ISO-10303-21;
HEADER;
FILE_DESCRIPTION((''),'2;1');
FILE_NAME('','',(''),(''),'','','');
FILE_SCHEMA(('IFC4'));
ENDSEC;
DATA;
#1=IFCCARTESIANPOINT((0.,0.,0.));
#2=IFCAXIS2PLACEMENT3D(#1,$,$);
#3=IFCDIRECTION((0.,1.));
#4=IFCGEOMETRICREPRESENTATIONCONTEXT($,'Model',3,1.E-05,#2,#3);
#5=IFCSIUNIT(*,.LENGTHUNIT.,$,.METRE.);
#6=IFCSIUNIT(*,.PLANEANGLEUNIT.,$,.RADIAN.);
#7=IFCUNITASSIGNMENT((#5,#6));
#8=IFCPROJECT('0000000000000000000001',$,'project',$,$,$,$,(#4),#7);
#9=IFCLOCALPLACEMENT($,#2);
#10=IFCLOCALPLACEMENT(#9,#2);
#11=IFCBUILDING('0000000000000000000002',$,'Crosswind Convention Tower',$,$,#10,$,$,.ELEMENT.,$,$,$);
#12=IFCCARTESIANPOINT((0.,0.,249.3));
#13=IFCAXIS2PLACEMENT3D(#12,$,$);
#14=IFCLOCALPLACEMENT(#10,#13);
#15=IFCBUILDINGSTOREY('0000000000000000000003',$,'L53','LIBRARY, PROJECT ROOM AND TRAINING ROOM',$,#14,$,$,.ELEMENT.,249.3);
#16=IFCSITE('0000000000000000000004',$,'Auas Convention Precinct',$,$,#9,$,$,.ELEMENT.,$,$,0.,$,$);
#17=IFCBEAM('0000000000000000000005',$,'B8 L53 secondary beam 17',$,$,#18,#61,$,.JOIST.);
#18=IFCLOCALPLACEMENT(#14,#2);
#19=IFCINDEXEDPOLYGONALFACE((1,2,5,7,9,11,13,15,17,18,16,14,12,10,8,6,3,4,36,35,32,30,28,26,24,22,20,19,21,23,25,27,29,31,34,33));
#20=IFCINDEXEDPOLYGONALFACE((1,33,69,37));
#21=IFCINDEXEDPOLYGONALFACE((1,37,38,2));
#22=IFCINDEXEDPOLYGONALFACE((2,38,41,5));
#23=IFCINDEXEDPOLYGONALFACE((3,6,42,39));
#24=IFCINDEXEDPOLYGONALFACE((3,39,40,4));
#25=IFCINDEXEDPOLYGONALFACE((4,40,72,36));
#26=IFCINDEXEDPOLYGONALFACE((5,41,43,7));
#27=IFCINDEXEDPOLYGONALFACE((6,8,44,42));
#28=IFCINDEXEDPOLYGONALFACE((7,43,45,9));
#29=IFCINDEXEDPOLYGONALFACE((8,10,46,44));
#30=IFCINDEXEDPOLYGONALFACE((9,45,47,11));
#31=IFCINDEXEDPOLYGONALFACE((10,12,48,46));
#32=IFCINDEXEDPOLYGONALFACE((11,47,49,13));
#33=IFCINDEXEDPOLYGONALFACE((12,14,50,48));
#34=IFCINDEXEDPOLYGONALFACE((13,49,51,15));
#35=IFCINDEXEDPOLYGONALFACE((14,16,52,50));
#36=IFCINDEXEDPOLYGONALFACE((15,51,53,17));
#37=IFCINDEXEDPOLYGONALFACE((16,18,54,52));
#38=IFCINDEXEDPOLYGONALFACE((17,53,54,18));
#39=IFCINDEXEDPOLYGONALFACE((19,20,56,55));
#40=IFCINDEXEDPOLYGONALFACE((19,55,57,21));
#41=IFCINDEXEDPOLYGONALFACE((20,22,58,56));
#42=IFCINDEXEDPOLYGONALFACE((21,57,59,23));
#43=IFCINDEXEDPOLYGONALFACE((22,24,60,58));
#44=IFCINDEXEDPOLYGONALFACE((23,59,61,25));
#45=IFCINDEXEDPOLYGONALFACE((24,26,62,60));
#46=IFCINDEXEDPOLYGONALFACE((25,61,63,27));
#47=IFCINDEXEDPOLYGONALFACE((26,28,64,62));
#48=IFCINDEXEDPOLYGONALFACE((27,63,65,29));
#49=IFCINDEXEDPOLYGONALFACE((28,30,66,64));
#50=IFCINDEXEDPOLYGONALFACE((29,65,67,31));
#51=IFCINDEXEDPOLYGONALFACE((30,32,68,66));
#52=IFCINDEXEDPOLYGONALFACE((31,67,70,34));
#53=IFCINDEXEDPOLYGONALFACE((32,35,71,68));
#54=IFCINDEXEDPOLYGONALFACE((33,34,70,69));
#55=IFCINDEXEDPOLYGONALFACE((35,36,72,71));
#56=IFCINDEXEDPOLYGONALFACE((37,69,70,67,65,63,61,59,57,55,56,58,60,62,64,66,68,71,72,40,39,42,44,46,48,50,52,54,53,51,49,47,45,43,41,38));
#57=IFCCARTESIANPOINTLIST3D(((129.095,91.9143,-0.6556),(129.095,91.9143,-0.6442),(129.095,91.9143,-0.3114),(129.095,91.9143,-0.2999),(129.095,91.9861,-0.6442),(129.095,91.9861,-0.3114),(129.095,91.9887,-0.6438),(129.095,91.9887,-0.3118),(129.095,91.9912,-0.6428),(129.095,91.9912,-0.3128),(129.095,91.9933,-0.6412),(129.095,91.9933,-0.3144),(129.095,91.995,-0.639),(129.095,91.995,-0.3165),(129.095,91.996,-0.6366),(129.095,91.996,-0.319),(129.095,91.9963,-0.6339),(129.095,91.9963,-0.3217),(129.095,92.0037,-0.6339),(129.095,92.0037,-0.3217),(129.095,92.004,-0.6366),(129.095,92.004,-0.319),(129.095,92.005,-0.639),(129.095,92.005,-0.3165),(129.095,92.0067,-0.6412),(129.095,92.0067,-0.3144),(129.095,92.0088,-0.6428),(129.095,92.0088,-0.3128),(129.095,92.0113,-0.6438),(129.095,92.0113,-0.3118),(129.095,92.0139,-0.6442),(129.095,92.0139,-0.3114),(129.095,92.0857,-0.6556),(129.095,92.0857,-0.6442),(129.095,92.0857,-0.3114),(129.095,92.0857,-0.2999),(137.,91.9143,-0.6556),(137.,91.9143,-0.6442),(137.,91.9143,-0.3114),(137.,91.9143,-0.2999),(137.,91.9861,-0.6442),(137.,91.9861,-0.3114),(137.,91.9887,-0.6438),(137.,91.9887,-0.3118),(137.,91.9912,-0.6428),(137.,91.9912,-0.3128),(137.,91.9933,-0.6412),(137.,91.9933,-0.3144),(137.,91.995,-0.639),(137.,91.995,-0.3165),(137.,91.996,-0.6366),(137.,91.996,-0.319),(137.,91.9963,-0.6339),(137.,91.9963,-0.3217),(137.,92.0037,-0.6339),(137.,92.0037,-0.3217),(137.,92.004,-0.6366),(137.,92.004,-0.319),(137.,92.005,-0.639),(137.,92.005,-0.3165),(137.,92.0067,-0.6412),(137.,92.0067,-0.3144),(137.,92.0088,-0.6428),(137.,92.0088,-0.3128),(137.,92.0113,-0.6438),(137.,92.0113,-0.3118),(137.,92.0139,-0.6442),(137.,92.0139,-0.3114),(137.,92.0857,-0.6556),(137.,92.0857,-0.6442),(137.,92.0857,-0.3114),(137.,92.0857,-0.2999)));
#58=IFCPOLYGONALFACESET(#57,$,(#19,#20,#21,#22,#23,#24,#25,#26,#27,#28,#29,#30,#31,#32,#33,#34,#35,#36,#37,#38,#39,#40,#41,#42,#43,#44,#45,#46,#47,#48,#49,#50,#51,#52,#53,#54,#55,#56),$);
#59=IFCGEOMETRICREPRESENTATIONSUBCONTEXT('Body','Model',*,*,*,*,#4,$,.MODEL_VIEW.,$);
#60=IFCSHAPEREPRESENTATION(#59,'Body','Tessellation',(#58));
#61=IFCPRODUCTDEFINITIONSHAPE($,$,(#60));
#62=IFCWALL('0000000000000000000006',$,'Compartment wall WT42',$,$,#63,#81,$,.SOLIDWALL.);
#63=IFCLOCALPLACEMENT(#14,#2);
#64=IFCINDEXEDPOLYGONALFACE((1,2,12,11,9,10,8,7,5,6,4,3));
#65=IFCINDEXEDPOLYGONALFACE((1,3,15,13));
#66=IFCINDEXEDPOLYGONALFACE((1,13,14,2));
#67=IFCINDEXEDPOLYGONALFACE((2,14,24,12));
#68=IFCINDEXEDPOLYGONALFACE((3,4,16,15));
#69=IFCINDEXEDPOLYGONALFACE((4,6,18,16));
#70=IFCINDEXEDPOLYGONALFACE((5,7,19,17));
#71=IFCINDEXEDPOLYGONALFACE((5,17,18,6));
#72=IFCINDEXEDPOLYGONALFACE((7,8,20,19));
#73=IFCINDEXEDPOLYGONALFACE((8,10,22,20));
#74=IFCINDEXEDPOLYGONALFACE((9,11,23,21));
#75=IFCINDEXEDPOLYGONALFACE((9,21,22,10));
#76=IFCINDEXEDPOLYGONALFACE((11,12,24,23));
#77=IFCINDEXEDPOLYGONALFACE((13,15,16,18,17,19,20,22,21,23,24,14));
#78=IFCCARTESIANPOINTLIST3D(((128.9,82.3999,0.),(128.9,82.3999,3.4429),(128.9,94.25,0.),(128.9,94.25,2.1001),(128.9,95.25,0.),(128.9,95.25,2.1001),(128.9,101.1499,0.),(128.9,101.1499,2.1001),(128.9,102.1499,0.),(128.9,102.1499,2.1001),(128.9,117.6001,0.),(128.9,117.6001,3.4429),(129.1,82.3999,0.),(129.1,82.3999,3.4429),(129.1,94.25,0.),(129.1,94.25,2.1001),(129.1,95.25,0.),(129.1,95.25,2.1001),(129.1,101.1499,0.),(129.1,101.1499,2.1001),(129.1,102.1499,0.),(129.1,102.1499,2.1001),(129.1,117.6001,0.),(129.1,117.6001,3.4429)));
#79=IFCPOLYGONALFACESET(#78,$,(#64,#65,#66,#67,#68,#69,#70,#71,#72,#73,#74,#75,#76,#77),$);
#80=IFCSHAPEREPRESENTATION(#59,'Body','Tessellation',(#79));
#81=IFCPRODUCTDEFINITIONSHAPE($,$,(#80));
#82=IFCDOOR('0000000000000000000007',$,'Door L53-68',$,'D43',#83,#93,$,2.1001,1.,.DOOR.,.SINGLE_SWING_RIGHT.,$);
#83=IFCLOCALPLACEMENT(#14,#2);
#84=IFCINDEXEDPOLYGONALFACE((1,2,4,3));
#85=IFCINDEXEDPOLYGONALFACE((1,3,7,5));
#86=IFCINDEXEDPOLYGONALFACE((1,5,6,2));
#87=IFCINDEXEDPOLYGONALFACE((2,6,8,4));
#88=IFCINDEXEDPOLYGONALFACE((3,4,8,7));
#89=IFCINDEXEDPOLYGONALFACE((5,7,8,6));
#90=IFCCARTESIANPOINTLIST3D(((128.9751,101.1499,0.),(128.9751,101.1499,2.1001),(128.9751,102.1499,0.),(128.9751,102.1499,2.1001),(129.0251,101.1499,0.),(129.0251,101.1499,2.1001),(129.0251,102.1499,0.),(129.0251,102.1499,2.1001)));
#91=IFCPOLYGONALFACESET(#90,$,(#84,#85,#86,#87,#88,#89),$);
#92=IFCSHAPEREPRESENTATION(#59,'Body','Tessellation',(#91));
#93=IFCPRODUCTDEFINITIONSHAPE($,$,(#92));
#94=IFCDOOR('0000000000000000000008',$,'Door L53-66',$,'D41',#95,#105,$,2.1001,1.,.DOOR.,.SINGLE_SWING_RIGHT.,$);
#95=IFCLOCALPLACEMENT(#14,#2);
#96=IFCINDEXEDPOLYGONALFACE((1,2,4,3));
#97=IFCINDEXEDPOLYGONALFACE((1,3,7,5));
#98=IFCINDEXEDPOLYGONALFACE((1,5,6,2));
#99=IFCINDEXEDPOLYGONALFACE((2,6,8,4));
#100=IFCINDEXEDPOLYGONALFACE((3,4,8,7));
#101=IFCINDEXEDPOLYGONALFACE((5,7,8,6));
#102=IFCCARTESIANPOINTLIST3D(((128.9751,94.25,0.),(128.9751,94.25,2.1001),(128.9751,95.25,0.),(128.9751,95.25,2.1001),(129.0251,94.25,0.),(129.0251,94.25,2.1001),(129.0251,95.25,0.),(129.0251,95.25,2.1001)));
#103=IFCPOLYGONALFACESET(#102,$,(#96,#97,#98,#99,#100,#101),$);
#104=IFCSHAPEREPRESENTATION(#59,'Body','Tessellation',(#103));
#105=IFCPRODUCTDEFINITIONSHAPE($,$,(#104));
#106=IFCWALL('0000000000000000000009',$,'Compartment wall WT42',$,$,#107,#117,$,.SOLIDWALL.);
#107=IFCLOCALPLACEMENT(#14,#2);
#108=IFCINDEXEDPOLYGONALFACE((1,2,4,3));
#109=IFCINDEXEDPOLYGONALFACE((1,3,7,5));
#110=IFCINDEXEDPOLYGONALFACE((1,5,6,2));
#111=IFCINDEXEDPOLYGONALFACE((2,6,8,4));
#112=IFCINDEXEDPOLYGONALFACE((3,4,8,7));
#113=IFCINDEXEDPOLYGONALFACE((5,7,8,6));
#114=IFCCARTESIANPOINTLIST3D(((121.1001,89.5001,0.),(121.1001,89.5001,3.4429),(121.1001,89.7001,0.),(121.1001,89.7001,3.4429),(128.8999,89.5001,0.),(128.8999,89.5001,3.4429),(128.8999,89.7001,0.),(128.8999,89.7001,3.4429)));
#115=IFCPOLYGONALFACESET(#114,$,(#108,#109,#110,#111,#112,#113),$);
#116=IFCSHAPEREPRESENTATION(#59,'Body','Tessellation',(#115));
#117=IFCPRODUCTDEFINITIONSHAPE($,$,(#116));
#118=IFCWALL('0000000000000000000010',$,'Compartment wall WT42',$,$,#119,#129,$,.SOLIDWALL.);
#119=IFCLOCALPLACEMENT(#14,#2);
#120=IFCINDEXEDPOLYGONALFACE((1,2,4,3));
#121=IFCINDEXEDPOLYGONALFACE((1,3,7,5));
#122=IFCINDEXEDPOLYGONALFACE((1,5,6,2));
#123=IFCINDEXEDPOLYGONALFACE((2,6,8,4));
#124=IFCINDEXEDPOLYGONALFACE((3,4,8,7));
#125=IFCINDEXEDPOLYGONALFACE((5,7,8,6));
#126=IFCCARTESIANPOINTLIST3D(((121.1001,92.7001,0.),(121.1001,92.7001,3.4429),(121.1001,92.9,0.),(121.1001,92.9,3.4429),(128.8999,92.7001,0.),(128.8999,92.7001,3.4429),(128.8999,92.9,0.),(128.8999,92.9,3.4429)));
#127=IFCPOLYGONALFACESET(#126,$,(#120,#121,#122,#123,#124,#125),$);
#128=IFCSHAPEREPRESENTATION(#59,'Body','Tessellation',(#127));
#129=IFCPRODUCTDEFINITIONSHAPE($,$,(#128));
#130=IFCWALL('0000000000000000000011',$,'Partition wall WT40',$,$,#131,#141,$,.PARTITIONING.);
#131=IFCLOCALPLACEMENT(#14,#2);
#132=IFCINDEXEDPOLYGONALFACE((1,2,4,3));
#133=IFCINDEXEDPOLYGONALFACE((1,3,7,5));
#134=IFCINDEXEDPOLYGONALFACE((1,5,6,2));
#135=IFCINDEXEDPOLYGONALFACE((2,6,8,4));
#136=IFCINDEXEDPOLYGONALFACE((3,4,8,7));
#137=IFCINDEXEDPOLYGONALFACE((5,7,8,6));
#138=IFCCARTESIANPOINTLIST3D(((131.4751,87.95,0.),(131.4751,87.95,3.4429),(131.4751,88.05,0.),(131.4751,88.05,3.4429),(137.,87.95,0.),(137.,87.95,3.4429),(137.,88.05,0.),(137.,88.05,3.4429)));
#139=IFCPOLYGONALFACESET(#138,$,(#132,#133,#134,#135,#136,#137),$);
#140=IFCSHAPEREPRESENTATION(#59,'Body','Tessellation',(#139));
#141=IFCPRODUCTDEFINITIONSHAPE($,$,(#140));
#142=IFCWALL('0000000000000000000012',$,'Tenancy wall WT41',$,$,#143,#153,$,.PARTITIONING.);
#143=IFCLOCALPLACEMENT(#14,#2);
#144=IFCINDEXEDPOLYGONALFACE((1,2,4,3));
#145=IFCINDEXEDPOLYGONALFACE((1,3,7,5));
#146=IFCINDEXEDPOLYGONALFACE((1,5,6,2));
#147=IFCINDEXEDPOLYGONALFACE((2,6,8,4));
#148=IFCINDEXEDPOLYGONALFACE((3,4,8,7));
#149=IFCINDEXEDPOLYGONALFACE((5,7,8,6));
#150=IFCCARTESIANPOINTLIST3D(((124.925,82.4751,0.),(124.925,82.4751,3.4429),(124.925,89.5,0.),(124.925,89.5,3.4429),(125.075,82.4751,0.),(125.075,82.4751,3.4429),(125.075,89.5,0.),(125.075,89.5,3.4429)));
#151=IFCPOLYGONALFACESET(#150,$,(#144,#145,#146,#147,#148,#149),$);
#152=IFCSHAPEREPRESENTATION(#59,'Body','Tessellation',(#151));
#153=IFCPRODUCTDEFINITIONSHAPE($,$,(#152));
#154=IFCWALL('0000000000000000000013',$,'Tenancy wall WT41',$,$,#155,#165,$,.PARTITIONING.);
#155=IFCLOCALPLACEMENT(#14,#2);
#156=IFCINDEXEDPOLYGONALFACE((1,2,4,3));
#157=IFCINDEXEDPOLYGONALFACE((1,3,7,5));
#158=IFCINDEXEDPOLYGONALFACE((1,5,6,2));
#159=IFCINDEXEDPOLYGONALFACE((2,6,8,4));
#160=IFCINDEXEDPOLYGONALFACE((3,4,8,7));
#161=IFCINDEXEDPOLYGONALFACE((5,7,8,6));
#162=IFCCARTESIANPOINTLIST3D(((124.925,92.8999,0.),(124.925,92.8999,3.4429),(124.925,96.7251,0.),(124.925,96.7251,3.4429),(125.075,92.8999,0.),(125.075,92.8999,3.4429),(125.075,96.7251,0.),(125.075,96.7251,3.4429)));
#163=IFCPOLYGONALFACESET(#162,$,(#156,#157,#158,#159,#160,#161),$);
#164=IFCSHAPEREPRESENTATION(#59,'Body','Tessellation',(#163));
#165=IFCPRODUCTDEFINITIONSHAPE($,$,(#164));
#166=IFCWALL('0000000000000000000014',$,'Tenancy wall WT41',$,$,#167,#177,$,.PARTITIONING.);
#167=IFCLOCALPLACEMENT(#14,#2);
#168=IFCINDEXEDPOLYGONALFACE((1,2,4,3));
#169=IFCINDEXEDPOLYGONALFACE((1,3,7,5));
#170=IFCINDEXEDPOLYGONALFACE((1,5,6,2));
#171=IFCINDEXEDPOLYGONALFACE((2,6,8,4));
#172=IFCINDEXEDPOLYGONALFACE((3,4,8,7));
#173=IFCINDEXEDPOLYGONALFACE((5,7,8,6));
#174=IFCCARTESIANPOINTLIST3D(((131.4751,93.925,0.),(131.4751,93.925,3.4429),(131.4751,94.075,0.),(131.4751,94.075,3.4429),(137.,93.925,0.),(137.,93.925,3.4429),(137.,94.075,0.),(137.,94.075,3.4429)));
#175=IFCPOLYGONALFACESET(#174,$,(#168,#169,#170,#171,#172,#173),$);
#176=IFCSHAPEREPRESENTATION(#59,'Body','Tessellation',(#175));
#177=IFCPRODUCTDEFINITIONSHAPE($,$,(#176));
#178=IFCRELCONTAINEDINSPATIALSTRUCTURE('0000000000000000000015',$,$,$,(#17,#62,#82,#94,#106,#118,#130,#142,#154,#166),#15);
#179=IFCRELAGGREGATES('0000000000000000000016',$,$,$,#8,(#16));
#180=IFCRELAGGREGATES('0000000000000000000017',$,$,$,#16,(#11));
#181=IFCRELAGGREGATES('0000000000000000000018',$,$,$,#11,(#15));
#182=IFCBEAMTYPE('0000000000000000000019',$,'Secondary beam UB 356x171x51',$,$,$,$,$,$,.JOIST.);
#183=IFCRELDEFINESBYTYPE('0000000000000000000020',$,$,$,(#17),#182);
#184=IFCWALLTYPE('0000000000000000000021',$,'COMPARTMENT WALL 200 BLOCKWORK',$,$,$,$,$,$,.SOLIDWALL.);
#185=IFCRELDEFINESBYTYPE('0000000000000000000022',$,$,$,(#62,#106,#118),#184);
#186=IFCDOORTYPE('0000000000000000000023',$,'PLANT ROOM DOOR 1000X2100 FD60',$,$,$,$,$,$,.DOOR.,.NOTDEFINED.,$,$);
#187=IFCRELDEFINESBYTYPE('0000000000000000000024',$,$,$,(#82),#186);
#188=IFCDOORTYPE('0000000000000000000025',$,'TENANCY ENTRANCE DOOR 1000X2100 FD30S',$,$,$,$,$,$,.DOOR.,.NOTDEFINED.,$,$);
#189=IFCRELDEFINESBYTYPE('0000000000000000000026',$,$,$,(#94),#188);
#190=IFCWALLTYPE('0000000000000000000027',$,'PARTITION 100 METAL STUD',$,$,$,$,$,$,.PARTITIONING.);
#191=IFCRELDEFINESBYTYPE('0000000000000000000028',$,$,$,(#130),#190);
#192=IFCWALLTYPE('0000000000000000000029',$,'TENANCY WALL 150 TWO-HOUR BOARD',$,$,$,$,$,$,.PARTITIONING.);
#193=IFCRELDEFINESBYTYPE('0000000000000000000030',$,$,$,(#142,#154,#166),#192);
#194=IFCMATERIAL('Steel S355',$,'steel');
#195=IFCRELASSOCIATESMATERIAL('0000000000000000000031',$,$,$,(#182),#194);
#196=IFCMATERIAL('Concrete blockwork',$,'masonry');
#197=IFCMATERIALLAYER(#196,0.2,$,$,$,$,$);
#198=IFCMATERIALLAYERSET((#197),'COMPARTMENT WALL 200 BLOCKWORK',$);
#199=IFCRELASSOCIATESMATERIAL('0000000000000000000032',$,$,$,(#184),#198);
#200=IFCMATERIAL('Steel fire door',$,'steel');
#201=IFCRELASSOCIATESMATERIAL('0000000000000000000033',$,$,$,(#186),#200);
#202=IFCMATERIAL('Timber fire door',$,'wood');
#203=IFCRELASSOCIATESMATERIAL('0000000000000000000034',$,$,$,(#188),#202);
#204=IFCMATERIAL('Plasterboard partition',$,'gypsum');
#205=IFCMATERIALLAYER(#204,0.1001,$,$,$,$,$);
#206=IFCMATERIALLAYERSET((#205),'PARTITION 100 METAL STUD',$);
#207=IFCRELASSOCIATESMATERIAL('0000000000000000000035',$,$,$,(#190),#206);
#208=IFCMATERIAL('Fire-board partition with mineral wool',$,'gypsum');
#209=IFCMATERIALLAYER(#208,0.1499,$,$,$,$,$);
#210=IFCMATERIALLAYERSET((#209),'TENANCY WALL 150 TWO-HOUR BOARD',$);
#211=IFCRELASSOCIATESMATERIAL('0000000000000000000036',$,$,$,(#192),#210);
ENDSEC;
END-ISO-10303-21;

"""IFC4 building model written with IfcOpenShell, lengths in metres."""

from ifc_helpers import new_model, si_unit, direction, frame, frame_2d, origin, origin_2d, place, context, subcontext, project, spatial, rectangle, i_section, extrude, material, layer, layer_set, material_profile, profile_set, type_object, element, fill, save


model = new_model("IFC4")

# Units and contexts
model_context = context("Model", 3, precision=1e-05, world=origin(), true_north=direction((0.0, 1.0)))
body_context = subcontext(model_context, "Body", "Model", "MODEL_VIEW")
ifc_project = project(units=[si_unit("LENGTHUNIT", "METRE"), si_unit("PLANEANGLEUNIT", "RADIAN")], contexts=[model_context])

# Site, building, storey
site_placement = place(None, origin())
site = spatial("IfcSite", under=ifc_project, at=site_placement, Name="Auas Convention Precinct", CompositionType="ELEMENT", RefElevation=0.0)
building_placement = place(site_placement, origin())
building = spatial("IfcBuilding", under=site, at=building_placement, Name="Crosswind Convention Tower", CompositionType="ELEMENT")
storey_placement = place(building_placement, frame((0.0, 0.0, 249.3)))
storey = spatial("IfcBuildingStorey", under=building, at=storey_placement, Name="L53", Description="LIBRARY, PROJECT ROOM AND TRAINING ROOM", CompositionType="ELEMENT", Elevation=249.3)

# Beam
ifc_material_1 = material(Name="Steel S355", Category="steel")
ifc_material_profile_1 = material_profile(ifc_material_1, i_section(OverallWidth=0.1714, OverallDepth=0.3557, WebThickness=0.0073, FlangeThickness=0.0115, FilletRadius=0.0103, at=origin_2d()), Name="UB 356x171x51")
ifc_profile_set_1 = profile_set([ifc_material_profile_1], Name="Steel S355")
beam_type_1 = type_object("IfcBeamType", Name="Secondary beam UB 356x171x51", PredefinedType="JOIST", material=ifc_profile_set_1)
beam_1_placement = place(storey_placement, frame((129.095, 92.0, -0.4778), z_axis=(1.0, 0.0, 0.0), x_axis=(0.0, 1.0, 0.0)))
element("IfcBeam", 1, at=beam_1_placement, inside=storey, type_object=beam_type_1, Name="B8 L53 secondary beam 17", PredefinedType="JOIST", context=body_context, shape_type="SweptSolid", body=[
    extrude(i_section(OverallWidth=0.1714, OverallDepth=0.3557, WebThickness=0.0073, FlangeThickness=0.0115, FilletRadius=0.0103, at=origin_2d()), origin(), (0.0, 0.0, 1.0), 7.905),
])

# Wall, openings, doors
ifc_material_2 = material(Name="Concrete blockwork", Category="masonry")
ifc_layer_1 = layer(ifc_material_2, 0.2)
ifc_layer_set_1 = layer_set([ifc_layer_1], Name="COMPARTMENT WALL 200 BLOCKWORK")
wall_type_1 = type_object("IfcWallType", Name="COMPARTMENT WALL 200 BLOCKWORK", PredefinedType="SOLIDWALL", material=ifc_layer_set_1)
wall_1_placement = place(storey_placement, frame((129.0, 82.3999, 0.0), z_axis=(0.0, 0.0, 1.0), x_axis=(0.0, 1.0, 0.0)))
wall_1 = element("IfcWall", 2, at=wall_1_placement, inside=storey, type_object=wall_type_1, Name="Compartment wall WT42", PredefinedType="SOLIDWALL", context=body_context, shape_type="SweptSolid", body=[
    extrude(rectangle(XDim=35.2002, YDim=0.2, at=frame_2d((17.6001, 0.0))), origin(), (0.0, 0.0, 1.0), 3.4429),
])
opening_1_placement = place(wall_1_placement, frame((11.8501, 0.0, 0.0)))
opening_1 = element("IfcOpeningElement", 3, at=opening_1_placement, cuts=wall_1, PredefinedType="OPENING", context=body_context, shape_type="SweptSolid", body=[
    extrude(rectangle(XDim=1.0, YDim=2.1001, at=frame_2d((0.5, 1.05))), frame((0.0, 0.1099, 0.0), z_axis=(0.0, -1.0, 0.0), x_axis=(1.0, 0.0, 0.0)), (0.0, 0.0, 1.0), 0.22),
])
opening_2_placement = place(wall_1_placement, frame((18.75, 0.0, 0.0)))
opening_2 = element("IfcOpeningElement", 4, at=opening_2_placement, cuts=wall_1, PredefinedType="OPENING", context=body_context, shape_type="SweptSolid", body=[
    extrude(rectangle(XDim=1.0, YDim=2.1001, at=frame_2d((0.5, 1.05))), frame((0.0, 0.1099, 0.0), z_axis=(0.0, -1.0, 0.0), x_axis=(1.0, 0.0, 0.0)), (0.0, 0.0, 1.0), 0.22),
])
ifc_material_3 = material(Name="Steel fire door", Category="steel")
door_type_1 = type_object("IfcDoorType", Name="PLANT ROOM DOOR 1000X2100 FD60", OperationType="NOTDEFINED", PredefinedType="DOOR", material=ifc_material_3)
door_1_placement = place(opening_2_placement, origin())
door_1 = element("IfcDoor", 5, at=door_1_placement, inside=storey, type_object=door_type_1, Name="Door L53-68", ObjectType="D43", OperationType="SINGLE_SWING_RIGHT", OverallHeight=2.1001, OverallWidth=1.0, PredefinedType="DOOR", context=body_context, shape_type="SweptSolid", body=[
    extrude(rectangle(XDim=1.0, YDim=2.1001, at=frame_2d((0.5, 1.05))), frame((0.0, 0.0249, 0.0), z_axis=(0.0, -1.0, 0.0), x_axis=(1.0, 0.0, 0.0)), (0.0, 0.0, 1.0), 0.05),
])
fill(opening_2, door_1)
ifc_material_4 = material(Name="Timber fire door", Category="wood")
door_type_2 = type_object("IfcDoorType", Name="TENANCY ENTRANCE DOOR 1000X2100 FD30S", OperationType="NOTDEFINED", PredefinedType="DOOR", material=ifc_material_4)
door_2_placement = place(opening_1_placement, origin())
door_2 = element("IfcDoor", 6, at=door_2_placement, inside=storey, type_object=door_type_2, Name="Door L53-66", ObjectType="D41", OperationType="SINGLE_SWING_RIGHT", OverallHeight=2.1001, OverallWidth=1.0, PredefinedType="DOOR", context=body_context, shape_type="SweptSolid", body=[
    extrude(rectangle(XDim=1.0, YDim=2.1001, at=frame_2d((0.5, 1.05))), frame((0.0, 0.0249, 0.0), z_axis=(0.0, -1.0, 0.0), x_axis=(1.0, 0.0, 0.0)), (0.0, 0.0, 1.0), 0.05),
])
fill(opening_1, door_2)

# Walls
for number, where, z_axis, x_axis, name in (
    (7, (121.1001, 89.6001, 0.0), (0.0, 0.0, 1.0), (1.0, 0.0, 0.0), "Compartment wall WT42"),
    (8, (121.1001, 92.8, 0.0), (0.0, 0.0, 1.0), (1.0, 0.0, 0.0), "Compartment wall WT42"),
):
    element("IfcWall", number, at=place(storey_placement, frame(where, z_axis=z_axis, x_axis=x_axis)), inside=storey, type_object=wall_type_1, Name=name, PredefinedType="SOLIDWALL", context=body_context, shape_type="SweptSolid", body=[
        extrude(rectangle(XDim=7.7998, YDim=0.2, at=frame_2d((3.8999, 0.0))), origin(), (0.0, 0.0, 1.0), 3.4429),
    ])
ifc_material_5 = material(Name="Plasterboard partition", Category="gypsum")
ifc_layer_2 = layer(ifc_material_5, 0.1001)
ifc_layer_set_2 = layer_set([ifc_layer_2], Name="PARTITION 100 METAL STUD")
wall_type_2 = type_object("IfcWallType", Name="PARTITION 100 METAL STUD", PredefinedType="PARTITIONING", material=ifc_layer_set_2)
wall_2_placement = place(storey_placement, frame((131.4751, 88.0, 0.0), z_axis=(0.0, 0.0, 1.0), x_axis=(1.0, 0.0, 0.0)))
element("IfcWall", 9, at=wall_2_placement, inside=storey, type_object=wall_type_2, Name="Partition wall WT40", PredefinedType="PARTITIONING", context=body_context, shape_type="SweptSolid", body=[
    extrude(rectangle(XDim=5.5249, YDim=0.1001, at=frame_2d((2.7625, 0.0))), origin(), (0.0, 0.0, 1.0), 3.4429),
])
ifc_material_6 = material(Name="Fire-board partition with mineral wool", Category="gypsum")
ifc_layer_3 = layer(ifc_material_6, 0.1499)
ifc_layer_set_3 = layer_set([ifc_layer_3], Name="TENANCY WALL 150 TWO-HOUR BOARD")
wall_type_3 = type_object("IfcWallType", Name="TENANCY WALL 150 TWO-HOUR BOARD", PredefinedType="PARTITIONING", material=ifc_layer_set_3)
wall_3_placement = place(storey_placement, frame((125.0, 82.4751, 0.0), z_axis=(0.0, 0.0, 1.0), x_axis=(0.0, 1.0, 0.0)))
element("IfcWall", 10, at=wall_3_placement, inside=storey, type_object=wall_type_3, Name="Tenancy wall WT41", PredefinedType="PARTITIONING", context=body_context, shape_type="SweptSolid", body=[
    extrude(rectangle(XDim=7.0249, YDim=0.1499, at=frame_2d((3.5125, 0.0))), origin(), (0.0, 0.0, 1.0), 3.4429),
])
wall_4_placement = place(storey_placement, frame((125.0, 92.8999, 0.0), z_axis=(0.0, 0.0, 1.0), x_axis=(0.0, 1.0, 0.0)))
element("IfcWall", 11, at=wall_4_placement, inside=storey, type_object=wall_type_3, Name="Tenancy wall WT41", PredefinedType="PARTITIONING", context=body_context, shape_type="SweptSolid", body=[
    extrude(rectangle(XDim=3.8252, YDim=0.1499, at=frame_2d((1.9126, 0.0))), origin(), (0.0, 0.0, 1.0), 3.4429),
])
wall_5_placement = place(storey_placement, frame((131.4751, 94.0, 0.0), z_axis=(0.0, 0.0, 1.0), x_axis=(1.0, 0.0, 0.0)))
element("IfcWall", 12, at=wall_5_placement, inside=storey, type_object=wall_type_3, Name="Tenancy wall WT41", PredefinedType="PARTITIONING", context=body_context, shape_type="SweptSolid", body=[
    extrude(rectangle(XDim=5.5249, YDim=0.1499, at=frame_2d((2.7625, 0.0))), origin(), (0.0, 0.0, 1.0), 3.4429),
])

save(model, "model.ifc")
